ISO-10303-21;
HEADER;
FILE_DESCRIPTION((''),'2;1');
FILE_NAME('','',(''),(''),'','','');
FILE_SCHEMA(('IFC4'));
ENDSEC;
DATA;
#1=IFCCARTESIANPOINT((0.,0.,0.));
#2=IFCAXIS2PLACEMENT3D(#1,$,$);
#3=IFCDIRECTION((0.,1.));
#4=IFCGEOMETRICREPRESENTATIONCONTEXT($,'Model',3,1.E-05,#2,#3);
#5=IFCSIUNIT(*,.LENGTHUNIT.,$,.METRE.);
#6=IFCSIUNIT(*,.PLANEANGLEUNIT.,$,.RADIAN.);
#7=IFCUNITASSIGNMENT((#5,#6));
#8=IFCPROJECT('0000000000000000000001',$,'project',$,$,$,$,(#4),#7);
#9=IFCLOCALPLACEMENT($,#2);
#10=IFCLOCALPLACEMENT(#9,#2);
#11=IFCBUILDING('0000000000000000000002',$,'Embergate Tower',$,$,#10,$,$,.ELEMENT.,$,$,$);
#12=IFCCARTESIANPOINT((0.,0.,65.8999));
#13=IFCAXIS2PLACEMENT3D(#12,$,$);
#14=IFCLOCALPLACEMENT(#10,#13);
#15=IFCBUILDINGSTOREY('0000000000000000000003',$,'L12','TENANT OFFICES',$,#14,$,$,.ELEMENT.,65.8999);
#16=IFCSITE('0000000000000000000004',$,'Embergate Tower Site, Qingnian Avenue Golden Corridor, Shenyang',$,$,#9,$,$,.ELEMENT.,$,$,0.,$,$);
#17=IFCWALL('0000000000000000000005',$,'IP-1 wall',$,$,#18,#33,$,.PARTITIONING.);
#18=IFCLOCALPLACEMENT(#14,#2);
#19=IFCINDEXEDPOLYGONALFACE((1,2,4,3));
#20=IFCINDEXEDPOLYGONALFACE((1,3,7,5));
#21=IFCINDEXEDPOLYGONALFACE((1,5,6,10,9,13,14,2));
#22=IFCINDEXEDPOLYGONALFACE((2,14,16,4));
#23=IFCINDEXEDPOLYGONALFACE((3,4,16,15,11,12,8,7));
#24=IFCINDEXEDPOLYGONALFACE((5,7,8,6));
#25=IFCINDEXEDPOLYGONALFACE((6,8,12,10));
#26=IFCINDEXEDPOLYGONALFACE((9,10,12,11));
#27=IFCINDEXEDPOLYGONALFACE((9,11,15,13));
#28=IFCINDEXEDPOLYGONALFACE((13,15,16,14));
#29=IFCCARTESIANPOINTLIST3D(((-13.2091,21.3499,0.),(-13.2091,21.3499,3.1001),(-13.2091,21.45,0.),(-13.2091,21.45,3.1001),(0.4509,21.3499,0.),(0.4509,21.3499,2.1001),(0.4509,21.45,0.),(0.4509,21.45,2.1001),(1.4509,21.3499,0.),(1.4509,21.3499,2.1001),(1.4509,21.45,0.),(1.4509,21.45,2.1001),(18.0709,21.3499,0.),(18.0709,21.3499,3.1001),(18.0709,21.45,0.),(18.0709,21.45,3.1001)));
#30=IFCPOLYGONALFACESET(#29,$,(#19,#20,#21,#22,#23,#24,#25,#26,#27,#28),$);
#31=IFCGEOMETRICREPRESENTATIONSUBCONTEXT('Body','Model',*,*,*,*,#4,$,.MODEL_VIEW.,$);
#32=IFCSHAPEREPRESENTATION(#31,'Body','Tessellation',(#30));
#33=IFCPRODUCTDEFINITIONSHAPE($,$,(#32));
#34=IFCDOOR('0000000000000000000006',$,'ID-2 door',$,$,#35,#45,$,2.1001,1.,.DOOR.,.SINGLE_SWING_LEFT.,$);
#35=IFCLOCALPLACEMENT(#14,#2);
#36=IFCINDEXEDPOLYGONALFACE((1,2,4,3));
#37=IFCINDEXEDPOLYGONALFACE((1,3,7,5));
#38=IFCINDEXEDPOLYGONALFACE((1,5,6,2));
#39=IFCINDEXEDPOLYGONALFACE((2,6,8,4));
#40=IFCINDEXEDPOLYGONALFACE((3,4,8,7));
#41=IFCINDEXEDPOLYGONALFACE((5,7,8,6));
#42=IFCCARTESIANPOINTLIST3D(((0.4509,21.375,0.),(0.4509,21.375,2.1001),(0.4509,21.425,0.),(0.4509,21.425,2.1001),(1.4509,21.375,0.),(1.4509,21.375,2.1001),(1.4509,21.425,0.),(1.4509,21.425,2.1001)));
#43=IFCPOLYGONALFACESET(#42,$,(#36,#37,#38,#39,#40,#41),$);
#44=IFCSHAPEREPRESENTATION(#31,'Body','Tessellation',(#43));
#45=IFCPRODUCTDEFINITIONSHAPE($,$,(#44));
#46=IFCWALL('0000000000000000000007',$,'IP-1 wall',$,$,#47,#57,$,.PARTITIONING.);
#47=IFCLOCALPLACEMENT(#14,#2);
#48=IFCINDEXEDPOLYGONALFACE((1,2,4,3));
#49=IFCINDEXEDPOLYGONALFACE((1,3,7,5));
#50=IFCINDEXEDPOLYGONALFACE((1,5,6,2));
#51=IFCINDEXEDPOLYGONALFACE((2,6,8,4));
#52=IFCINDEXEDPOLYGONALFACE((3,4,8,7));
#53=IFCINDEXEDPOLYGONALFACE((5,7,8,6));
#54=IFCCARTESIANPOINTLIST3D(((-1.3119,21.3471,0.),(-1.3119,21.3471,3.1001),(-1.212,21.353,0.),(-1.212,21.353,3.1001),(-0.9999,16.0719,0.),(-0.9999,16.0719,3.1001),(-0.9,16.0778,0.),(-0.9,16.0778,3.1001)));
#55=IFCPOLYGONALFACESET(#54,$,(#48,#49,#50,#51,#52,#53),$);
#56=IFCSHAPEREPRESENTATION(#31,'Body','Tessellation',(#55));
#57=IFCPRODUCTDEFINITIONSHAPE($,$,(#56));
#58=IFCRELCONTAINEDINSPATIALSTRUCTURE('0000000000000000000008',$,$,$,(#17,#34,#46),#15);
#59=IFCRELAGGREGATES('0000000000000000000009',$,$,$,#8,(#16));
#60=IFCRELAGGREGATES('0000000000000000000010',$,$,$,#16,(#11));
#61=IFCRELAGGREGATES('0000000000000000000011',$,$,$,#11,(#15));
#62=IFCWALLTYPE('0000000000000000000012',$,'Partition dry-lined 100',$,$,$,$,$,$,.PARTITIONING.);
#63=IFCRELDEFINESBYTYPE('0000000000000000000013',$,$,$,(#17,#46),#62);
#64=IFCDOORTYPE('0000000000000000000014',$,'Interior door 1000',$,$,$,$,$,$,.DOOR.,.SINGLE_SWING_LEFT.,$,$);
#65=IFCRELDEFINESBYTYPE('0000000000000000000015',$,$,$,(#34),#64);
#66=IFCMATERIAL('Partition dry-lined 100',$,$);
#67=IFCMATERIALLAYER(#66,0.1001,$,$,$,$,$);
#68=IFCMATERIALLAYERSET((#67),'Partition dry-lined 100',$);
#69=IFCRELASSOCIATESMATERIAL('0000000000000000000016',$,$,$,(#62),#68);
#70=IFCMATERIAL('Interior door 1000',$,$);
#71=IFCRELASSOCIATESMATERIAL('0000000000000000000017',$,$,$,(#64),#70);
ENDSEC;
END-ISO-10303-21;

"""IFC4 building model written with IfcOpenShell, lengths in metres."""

from ifc_helpers import new_model, si_unit, direction, frame, frame_2d, origin, place, context, subcontext, project, spatial, rectangle, extrude, source, transform, mapped, material, layer, layer_set, type_object, element, fill, save


model = new_model("IFC4")

# Units and contexts
model_context = context("Model", 3, precision=1e-05, world=origin(), true_north=direction((0.0, 1.0)))
body_context = subcontext(model_context, "Body", "Model", "MODEL_VIEW")
ifc_project = project(units=[si_unit("LENGTHUNIT", "METRE"), si_unit("PLANEANGLEUNIT", "RADIAN")], contexts=[model_context])

# Site, building, storey
site_placement = place(None, origin())
site = spatial("IfcSite", under=ifc_project, at=site_placement, Name="Embergate Tower Site, Qingnian Avenue Golden Corridor, Shenyang", CompositionType="ELEMENT", RefElevation=0.0)
building_placement = place(site_placement, origin())
building = spatial("IfcBuilding", under=site, at=building_placement, Name="Embergate Tower", CompositionType="ELEMENT")
storey_placement = place(building_placement, frame((0.0, 0.0, 65.8999)))
storey = spatial("IfcBuildingStorey", under=building, at=storey_placement, Name="L12", Description="TENANT OFFICES", CompositionType="ELEMENT", Elevation=65.8999)

# Shared definitions
ifc_material_1 = material(Name="Partition dry-lined 100")
ifc_layer_1 = layer(ifc_material_1, 0.1001)
ifc_layer_set_1 = layer_set([ifc_layer_1], Name="Partition dry-lined 100")
wall_type = type_object("IfcWallType", Name="Partition dry-lined 100", PredefinedType="PARTITIONING", material=ifc_layer_set_1)

# Wall, opening, door
shared_shape_1 = source(origin(), body_context, "Body", "SweptSolid", [
    extrude(rectangle(XDim=31.28, YDim=0.1001, at=frame_2d((15.6401, 0.0))), origin(), (0.0, 0.0, 1.0), 3.1001),
])
wall_1_placement = place(storey_placement, frame((18.071, 21.3999, 0.0), z_axis=(0.0, 0.0, 1.0), x_axis=(-1.0, 0.0, 0.0)))
wall_1 = element("IfcWall", 1, at=wall_1_placement, inside=storey, type_object=wall_type, Name="IP-1 wall", PredefinedType="PARTITIONING", context=body_context, shape_type="MappedRepresentation", body=[
    mapped(shared_shape_1, transform((0.0, 0.0, 0.0))),
])
shared_shape_2 = source(origin(), body_context, "Body", "SweptSolid", [
    extrude(rectangle(XDim=1.0, YDim=2.1001, at=frame_2d((0.5, 1.05))), frame((0.0, 0.0601, 0.0), z_axis=(0.0, -1.0, 0.0), x_axis=(1.0, 0.0, 0.0)), (0.0, 0.0, 1.0), 0.1201),
])
opening_placement = place(wall_1_placement, frame((16.6201, 0.0, 0.0)))
opening = element("IfcOpeningElement", 2, at=opening_placement, cuts=wall_1, PredefinedType="OPENING", context=body_context, shape_type="MappedRepresentation", body=[
    mapped(shared_shape_2, transform((0.0, 0.0, 0.0))),
])
ifc_material_2 = material(Name="Interior door 1000")
door_type = type_object("IfcDoorType", Name="Interior door 1000", OperationType="SINGLE_SWING_LEFT", PredefinedType="DOOR", material=ifc_material_2)
shared_shape_3 = source(origin(), body_context, "Body", "SweptSolid", [
    extrude(rectangle(XDim=1.0, YDim=2.1001, at=frame_2d((0.5, 1.05))), frame((0.0, 0.0249, 0.0), z_axis=(0.0, -1.0, 0.0), x_axis=(1.0, 0.0, 0.0)), (0.0, 0.0, 1.0), 0.05),
])
door_placement = place(opening_placement, origin())
door = element("IfcDoor", 3, at=door_placement, inside=storey, type_object=door_type, Name="ID-2 door", OperationType="SINGLE_SWING_LEFT", OverallHeight=2.1001, OverallWidth=1.0, PredefinedType="DOOR", context=body_context, shape_type="MappedRepresentation", body=[
    mapped(shared_shape_3, transform((0.0, 0.0, 0.0))),
])
fill(opening, door)

# Wall
shared_shape_4 = source(origin(), body_context, "Body", "SweptSolid", [
    extrude(rectangle(XDim=5.2844, YDim=0.1001, at=frame_2d((2.6421, 0.0))), origin(), (0.0, 0.0, 1.0), 3.1001),
])
wall_2_placement = place(storey_placement, frame((-0.95, 16.075, 0.0), z_axis=(0.0, 0.0, 1.0), x_axis=(-0.059044, 0.998255, 0.0)))
element("IfcWall", 4, at=wall_2_placement, inside=storey, type_object=wall_type, Name="IP-1 wall", PredefinedType="PARTITIONING", context=body_context, shape_type="MappedRepresentation", body=[
    mapped(shared_shape_4, transform((0.0, 0.0, 0.0))),
])

save(model, "model.ifc")
